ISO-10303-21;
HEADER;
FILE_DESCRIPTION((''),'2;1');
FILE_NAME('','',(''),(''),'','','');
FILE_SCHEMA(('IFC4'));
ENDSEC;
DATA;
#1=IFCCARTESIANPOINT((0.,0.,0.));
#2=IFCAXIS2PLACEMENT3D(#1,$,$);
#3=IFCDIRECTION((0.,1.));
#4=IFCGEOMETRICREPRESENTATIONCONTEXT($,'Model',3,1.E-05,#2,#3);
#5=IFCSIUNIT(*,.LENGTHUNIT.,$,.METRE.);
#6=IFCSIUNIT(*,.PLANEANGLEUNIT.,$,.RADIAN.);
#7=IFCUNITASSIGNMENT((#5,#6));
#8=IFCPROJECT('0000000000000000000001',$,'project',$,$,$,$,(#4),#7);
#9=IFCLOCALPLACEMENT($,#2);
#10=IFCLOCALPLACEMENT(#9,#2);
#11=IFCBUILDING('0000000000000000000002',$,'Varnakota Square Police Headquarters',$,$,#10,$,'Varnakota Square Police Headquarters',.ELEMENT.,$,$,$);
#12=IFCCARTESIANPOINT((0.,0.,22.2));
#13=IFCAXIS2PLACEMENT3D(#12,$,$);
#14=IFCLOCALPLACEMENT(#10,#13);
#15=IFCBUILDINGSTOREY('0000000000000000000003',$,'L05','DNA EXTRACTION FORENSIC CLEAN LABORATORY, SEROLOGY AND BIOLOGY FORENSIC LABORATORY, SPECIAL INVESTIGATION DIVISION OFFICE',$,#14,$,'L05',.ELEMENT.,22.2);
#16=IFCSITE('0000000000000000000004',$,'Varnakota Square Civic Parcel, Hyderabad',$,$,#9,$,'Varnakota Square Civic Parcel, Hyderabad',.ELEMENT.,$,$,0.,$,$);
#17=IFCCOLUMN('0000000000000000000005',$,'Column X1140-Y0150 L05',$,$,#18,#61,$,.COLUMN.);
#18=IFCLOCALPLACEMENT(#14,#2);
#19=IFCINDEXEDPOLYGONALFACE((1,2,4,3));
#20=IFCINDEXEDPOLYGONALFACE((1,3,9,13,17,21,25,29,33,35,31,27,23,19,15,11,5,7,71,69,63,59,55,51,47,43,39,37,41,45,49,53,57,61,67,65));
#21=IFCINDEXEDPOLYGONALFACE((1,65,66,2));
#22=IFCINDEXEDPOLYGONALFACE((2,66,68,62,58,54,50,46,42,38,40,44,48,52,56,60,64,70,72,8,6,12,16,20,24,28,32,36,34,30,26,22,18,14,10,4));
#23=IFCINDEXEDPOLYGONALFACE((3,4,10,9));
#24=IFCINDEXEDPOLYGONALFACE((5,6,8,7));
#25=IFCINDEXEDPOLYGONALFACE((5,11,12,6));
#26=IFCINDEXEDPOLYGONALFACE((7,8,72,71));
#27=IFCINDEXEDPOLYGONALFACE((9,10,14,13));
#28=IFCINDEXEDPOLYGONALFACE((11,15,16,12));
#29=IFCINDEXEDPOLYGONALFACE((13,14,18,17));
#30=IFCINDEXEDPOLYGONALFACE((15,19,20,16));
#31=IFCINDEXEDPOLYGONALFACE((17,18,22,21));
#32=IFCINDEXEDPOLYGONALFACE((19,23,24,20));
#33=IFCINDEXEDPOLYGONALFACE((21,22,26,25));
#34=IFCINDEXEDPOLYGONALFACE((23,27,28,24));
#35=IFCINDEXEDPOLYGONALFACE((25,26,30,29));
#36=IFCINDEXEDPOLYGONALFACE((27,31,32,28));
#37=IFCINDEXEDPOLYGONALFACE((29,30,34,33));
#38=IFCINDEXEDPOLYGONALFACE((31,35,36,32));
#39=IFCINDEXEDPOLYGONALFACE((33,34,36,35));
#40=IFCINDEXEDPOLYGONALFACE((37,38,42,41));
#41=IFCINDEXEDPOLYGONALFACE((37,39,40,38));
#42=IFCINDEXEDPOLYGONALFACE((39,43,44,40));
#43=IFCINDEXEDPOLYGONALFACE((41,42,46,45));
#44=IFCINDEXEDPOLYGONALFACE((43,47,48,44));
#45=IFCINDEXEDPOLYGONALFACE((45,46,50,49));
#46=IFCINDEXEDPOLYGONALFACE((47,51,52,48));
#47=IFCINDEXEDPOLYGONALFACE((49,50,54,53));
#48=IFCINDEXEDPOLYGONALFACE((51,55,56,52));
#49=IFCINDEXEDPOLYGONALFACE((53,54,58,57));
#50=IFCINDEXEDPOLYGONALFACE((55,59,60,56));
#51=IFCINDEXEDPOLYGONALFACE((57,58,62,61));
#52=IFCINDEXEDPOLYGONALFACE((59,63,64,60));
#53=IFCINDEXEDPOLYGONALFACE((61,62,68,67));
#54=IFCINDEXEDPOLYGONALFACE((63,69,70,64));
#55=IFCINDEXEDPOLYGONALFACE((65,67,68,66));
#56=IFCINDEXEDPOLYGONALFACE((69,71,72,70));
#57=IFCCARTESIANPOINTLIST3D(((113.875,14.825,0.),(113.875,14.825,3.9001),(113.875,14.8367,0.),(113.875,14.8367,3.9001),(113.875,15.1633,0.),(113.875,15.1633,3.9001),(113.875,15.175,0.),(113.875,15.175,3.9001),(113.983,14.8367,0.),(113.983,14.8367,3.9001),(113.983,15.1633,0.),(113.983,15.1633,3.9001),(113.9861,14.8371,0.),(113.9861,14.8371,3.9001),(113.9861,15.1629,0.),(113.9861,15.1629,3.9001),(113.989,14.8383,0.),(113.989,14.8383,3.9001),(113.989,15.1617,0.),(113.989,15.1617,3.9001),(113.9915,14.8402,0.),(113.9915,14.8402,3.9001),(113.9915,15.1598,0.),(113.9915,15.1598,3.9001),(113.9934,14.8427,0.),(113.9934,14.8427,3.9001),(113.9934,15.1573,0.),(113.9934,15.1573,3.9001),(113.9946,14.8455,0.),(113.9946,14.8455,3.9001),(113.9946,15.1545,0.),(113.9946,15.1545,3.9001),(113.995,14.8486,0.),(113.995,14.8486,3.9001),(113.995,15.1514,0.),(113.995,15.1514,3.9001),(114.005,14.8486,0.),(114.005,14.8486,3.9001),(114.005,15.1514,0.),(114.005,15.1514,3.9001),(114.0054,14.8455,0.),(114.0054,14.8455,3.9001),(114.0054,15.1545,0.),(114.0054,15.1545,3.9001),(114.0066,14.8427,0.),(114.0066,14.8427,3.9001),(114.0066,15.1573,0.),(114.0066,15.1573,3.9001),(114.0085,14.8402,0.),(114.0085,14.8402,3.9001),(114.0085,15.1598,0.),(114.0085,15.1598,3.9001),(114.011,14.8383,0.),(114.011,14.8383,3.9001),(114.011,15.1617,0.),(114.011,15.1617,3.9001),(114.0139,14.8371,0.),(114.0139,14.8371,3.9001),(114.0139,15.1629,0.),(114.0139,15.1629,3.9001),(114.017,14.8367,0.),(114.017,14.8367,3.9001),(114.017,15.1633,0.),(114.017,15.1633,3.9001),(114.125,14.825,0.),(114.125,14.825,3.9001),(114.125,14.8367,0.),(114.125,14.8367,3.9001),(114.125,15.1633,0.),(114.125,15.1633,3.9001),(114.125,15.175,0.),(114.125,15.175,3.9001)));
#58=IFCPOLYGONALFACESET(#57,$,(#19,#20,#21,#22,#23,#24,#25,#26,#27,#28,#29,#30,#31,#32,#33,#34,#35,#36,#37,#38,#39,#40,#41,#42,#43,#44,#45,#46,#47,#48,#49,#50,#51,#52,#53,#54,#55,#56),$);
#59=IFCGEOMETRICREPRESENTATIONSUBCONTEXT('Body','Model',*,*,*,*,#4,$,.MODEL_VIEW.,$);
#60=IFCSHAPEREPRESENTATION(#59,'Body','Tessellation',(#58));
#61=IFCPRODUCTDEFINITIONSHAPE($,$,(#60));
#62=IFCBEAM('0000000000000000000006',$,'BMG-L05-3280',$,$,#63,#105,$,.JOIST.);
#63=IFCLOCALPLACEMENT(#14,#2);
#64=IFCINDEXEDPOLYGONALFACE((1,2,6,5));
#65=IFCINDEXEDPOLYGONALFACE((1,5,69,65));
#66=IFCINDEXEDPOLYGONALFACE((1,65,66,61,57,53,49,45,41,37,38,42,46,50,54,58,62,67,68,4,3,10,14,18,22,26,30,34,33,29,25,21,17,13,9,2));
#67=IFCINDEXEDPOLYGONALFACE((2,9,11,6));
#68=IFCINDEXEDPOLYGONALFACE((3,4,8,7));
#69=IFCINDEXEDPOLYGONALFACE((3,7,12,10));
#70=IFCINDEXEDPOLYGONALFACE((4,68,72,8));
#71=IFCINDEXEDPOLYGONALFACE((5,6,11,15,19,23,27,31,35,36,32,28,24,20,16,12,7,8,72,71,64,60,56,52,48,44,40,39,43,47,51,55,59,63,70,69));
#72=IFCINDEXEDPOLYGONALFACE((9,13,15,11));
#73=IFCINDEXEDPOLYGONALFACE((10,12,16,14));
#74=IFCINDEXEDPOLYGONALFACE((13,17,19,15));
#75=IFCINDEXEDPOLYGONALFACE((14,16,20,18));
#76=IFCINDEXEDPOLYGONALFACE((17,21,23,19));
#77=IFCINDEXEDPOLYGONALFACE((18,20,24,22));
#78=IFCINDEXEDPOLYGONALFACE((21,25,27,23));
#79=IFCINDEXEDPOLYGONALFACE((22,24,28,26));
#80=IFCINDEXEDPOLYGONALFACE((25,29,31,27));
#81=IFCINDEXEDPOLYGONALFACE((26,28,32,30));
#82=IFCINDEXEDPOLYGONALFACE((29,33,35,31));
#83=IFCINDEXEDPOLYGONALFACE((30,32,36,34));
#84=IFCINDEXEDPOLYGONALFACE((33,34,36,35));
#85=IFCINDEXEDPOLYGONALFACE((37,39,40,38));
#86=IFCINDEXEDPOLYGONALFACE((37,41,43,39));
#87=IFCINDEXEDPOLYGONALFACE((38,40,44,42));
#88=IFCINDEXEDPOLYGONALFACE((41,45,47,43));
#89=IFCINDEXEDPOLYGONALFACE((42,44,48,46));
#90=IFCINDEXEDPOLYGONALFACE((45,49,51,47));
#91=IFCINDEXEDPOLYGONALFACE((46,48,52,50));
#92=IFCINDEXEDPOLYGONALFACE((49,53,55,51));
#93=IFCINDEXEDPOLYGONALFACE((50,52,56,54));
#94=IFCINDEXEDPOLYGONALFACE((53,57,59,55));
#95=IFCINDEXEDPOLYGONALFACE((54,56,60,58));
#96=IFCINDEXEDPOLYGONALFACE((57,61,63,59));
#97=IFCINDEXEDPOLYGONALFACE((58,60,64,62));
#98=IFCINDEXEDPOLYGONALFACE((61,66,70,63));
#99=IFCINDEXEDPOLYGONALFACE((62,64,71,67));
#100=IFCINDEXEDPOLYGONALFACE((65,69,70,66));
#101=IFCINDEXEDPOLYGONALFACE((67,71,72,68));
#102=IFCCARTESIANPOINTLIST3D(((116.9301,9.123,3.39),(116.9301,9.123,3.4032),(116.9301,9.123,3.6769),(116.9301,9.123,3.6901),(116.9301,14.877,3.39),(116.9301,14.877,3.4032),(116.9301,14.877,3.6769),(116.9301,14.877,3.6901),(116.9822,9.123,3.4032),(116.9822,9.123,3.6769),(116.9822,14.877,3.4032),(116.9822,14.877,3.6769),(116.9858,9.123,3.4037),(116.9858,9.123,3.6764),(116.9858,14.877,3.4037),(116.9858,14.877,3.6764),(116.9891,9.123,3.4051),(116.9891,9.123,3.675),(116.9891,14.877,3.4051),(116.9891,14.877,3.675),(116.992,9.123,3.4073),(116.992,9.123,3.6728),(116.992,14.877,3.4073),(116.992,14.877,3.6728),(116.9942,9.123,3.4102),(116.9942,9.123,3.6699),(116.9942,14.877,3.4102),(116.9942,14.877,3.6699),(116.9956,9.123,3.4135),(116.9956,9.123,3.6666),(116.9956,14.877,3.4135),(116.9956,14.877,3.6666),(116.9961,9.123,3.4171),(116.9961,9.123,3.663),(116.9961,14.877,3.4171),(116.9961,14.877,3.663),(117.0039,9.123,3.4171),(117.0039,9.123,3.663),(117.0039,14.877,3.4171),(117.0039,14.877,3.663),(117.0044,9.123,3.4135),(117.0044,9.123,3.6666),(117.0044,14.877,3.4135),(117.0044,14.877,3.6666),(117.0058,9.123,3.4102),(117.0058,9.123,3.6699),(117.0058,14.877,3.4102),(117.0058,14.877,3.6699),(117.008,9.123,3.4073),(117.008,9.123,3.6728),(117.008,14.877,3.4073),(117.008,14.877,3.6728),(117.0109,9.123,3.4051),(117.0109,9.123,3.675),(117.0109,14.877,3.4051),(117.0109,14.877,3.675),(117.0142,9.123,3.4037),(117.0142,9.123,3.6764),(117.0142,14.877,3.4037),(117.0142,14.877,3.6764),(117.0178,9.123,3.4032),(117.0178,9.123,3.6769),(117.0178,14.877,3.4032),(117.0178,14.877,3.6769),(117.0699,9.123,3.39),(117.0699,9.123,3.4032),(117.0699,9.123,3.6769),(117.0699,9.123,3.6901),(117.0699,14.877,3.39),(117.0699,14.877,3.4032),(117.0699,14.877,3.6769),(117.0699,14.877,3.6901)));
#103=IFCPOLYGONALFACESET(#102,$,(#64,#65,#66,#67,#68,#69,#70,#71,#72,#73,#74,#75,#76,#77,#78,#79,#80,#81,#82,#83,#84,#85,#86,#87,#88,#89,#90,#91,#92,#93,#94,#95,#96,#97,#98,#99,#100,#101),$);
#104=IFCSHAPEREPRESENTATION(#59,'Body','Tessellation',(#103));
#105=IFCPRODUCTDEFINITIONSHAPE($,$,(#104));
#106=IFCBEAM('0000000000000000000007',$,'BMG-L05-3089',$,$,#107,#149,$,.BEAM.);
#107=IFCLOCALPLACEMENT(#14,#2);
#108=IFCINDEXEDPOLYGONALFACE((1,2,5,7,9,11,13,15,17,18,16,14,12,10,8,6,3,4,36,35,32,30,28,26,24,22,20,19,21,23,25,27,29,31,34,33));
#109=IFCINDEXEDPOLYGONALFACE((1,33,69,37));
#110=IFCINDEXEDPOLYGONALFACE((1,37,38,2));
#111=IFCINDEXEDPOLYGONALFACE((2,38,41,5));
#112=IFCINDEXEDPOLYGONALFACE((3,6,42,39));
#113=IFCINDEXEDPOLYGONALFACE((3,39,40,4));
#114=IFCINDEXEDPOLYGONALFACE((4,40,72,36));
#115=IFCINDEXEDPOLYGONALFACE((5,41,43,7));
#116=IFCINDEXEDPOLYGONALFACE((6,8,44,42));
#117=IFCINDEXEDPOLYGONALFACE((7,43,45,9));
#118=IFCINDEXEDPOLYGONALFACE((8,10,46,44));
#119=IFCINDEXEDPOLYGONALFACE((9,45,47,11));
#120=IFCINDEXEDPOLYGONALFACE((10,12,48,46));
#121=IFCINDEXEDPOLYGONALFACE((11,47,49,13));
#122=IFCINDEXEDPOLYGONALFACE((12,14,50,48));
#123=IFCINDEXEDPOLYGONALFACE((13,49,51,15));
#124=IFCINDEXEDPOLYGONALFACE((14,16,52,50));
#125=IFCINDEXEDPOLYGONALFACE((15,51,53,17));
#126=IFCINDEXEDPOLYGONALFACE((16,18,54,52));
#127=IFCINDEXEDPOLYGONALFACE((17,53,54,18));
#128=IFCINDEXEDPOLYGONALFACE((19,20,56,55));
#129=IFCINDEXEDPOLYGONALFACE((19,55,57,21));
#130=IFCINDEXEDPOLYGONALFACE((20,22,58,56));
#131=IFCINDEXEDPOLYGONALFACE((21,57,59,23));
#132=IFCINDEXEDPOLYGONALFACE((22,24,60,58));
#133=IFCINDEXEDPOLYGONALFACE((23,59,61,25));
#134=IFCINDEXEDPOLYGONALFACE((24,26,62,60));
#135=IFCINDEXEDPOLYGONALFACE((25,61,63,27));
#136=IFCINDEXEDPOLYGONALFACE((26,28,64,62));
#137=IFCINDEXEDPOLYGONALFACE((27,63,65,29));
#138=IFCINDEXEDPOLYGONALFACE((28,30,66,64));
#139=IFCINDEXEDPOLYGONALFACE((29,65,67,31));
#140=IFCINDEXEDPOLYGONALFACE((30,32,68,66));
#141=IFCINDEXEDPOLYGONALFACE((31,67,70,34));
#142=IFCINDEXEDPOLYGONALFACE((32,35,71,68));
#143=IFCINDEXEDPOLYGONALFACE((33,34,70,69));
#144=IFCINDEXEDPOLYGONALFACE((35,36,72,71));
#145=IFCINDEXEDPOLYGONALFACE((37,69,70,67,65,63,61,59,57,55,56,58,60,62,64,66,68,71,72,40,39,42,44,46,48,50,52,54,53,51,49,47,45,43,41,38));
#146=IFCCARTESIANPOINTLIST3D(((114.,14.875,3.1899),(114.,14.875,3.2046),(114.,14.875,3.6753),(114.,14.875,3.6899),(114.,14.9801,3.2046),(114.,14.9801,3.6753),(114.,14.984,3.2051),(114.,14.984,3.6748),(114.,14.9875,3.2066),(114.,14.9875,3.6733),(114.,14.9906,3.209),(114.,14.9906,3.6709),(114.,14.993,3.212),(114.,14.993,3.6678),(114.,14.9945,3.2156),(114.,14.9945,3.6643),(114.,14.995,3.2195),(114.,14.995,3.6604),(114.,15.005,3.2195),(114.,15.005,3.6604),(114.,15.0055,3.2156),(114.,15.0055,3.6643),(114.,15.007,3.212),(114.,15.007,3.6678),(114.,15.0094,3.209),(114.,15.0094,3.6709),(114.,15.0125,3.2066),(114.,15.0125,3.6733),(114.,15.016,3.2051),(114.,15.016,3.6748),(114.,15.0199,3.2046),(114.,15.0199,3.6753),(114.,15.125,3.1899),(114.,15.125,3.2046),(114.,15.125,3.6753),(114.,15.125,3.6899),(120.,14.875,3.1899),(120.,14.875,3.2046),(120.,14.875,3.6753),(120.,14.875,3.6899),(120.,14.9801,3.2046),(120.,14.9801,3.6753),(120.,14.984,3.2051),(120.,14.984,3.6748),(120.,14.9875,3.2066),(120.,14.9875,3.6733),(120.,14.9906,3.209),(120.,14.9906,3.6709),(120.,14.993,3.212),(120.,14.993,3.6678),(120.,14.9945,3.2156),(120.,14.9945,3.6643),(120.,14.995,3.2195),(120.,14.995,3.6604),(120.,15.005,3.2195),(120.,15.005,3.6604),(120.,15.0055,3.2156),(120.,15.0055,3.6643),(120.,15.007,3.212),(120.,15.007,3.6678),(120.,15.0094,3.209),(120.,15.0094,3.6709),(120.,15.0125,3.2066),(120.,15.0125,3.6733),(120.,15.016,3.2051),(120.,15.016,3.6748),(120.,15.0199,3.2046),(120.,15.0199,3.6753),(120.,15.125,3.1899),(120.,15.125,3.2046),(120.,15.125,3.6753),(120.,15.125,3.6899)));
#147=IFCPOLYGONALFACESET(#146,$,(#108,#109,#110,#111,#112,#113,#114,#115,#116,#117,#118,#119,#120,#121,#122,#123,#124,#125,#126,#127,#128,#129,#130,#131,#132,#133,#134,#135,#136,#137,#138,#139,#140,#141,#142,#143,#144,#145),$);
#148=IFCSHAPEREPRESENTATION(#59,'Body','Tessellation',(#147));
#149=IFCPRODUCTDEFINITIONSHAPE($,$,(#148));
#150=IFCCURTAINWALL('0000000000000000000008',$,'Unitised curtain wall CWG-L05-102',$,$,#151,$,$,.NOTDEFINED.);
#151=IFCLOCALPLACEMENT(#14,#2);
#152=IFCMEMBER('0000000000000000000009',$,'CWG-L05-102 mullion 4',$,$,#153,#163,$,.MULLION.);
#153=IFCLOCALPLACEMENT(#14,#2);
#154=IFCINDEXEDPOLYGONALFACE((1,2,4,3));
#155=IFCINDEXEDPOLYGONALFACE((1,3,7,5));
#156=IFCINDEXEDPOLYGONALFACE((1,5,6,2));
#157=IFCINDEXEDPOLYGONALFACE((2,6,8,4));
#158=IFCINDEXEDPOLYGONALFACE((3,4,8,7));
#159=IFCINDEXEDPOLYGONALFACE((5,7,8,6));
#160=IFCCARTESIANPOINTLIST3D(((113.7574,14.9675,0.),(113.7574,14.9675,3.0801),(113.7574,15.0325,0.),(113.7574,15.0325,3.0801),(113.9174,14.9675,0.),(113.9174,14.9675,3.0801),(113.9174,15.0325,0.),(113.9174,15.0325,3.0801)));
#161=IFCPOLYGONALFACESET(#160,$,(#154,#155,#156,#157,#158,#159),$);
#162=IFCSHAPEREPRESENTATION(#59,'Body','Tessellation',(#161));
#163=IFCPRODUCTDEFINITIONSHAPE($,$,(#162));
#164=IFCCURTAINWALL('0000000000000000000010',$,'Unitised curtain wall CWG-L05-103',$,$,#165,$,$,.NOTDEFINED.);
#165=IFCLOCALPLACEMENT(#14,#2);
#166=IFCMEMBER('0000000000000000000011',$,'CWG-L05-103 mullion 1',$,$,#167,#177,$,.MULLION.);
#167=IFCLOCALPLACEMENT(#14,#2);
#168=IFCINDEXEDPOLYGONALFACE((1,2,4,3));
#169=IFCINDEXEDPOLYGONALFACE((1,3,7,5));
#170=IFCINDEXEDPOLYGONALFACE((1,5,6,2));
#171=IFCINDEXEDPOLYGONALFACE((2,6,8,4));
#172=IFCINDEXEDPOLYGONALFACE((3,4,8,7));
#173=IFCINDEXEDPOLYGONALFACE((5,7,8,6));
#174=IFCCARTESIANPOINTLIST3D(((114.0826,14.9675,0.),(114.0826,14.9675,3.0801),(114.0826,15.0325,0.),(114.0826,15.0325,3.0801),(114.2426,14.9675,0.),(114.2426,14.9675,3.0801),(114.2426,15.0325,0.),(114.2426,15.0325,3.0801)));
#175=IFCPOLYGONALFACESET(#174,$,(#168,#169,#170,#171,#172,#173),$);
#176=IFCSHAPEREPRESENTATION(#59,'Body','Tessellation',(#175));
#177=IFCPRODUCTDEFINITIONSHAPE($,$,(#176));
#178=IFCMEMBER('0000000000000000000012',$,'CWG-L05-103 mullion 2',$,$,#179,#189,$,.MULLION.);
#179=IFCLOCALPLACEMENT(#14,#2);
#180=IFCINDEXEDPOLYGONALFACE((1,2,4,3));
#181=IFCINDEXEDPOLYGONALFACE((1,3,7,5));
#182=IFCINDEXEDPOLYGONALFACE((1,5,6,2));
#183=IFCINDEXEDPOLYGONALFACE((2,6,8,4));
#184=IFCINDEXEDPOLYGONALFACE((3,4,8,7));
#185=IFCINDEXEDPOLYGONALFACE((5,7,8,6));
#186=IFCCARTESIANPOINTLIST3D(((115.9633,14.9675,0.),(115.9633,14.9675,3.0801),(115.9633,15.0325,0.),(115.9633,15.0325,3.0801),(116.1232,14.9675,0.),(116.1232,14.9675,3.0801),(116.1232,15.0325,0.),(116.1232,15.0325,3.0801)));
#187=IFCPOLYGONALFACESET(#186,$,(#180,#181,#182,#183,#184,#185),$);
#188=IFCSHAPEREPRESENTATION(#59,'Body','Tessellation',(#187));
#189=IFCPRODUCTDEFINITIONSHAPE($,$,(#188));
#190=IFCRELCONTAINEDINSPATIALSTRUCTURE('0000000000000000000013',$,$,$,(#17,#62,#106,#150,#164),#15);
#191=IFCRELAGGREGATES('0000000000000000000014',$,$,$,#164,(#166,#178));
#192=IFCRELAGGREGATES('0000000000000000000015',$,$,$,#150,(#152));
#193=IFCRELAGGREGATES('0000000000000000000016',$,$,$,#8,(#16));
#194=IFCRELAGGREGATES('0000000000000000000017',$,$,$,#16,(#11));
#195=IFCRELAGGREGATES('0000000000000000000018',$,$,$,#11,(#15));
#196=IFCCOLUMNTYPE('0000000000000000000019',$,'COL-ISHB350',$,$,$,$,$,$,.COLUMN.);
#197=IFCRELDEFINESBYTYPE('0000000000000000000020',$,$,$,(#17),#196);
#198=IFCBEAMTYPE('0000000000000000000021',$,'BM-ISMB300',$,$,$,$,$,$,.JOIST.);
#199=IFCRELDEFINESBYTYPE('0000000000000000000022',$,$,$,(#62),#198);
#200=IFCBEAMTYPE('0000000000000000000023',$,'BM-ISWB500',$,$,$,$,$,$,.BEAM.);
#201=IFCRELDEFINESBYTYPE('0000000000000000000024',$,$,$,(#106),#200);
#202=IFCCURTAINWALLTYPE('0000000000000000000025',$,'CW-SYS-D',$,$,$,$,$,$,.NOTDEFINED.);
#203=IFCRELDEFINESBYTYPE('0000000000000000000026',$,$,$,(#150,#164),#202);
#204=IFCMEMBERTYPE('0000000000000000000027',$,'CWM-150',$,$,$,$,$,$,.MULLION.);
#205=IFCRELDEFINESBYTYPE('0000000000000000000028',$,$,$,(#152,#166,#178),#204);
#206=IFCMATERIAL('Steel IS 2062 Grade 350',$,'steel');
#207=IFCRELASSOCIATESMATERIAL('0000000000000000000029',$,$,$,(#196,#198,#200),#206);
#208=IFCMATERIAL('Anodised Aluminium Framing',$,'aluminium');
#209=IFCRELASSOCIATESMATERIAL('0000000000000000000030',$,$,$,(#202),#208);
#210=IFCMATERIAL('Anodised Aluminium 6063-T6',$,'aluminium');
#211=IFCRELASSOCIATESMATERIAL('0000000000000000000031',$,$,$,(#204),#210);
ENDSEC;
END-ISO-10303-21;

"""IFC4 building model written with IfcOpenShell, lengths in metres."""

from ifc_helpers import new_model, si_unit, direction, frame, origin, origin_2d, place, context, subcontext, project, spatial, rectangle, i_section, extrude, material, material_profile, profile_set, type_object, element, aggregate, save


model = new_model("IFC4")

# Units and contexts
model_context = context("Model", 3, precision=1e-05, world=origin(), true_north=direction((0.0, 1.0)))
body_context = subcontext(model_context, "Body", "Model", "MODEL_VIEW")
ifc_project = project(units=[si_unit("LENGTHUNIT", "METRE"), si_unit("PLANEANGLEUNIT", "RADIAN")], contexts=[model_context])

# Site, building, storey
site_placement = place(None, origin())
site = spatial("IfcSite", under=ifc_project, at=site_placement, Name="Varnakota Square Civic Parcel, Hyderabad", LongName="Varnakota Square Civic Parcel, Hyderabad", CompositionType="ELEMENT", RefElevation=0.0)
building_placement = place(site_placement, origin())
building = spatial("IfcBuilding", under=site, at=building_placement, Name="Varnakota Square Police Headquarters", LongName="Varnakota Square Police Headquarters", CompositionType="ELEMENT")
storey_placement = place(building_placement, frame((0.0, 0.0, 22.2)))
storey = spatial("IfcBuildingStorey", under=building, at=storey_placement, Name="L05", Description="DNA EXTRACTION FORENSIC CLEAN LABORATORY, SEROLOGY AND BIOLOGY FORENSIC LABORATORY, SPECIAL INVESTIGATION DIVISION OFFICE", LongName="L05", CompositionType="ELEMENT", Elevation=22.2)

# Column
ifc_material_1 = material(Name="Steel IS 2062 Grade 350", Category="steel")
ifc_material_profile_1 = material_profile(ifc_material_1, i_section(OverallWidth=0.25, OverallDepth=0.3501, WebThickness=0.01, FlangeThickness=0.0117, FilletRadius=0.012, at=origin_2d()), Name="ISHB 350")
ifc_profile_set_1 = profile_set([ifc_material_profile_1], Name="Steel IS 2062 Grade 350")
column_type = type_object("IfcColumnType", Name="COL-ISHB350", PredefinedType="COLUMN", material=ifc_profile_set_1)
column_placement = place(storey_placement, frame((114.0, 15.0, 0.0), z_axis=(0.0, 0.0, 1.0), x_axis=(1.0, 0.0, 0.0)))
element("IfcColumn", 1, at=column_placement, inside=storey, type_object=column_type, Name="Column X1140-Y0150 L05", PredefinedType="COLUMN", context=body_context, shape_type="SweptSolid", body=[
    extrude(i_section(OverallWidth=0.25, OverallDepth=0.3501, WebThickness=0.01, FlangeThickness=0.0117, FilletRadius=0.012, at=origin_2d()), origin(), (0.0, 0.0, 1.0), 3.9001),
])

# Beams
ifc_material_profile_2 = material_profile(ifc_material_1, i_section(OverallWidth=0.1399, OverallDepth=0.3, WebThickness=0.0078, FlangeThickness=0.0132, FilletRadius=0.0139, at=origin_2d()), Name="ISMB 300")
ifc_profile_set_2 = profile_set([ifc_material_profile_2], Name="Steel IS 2062 Grade 350")
beam_type_1 = type_object("IfcBeamType", Name="BM-ISMB300", PredefinedType="JOIST", material=ifc_profile_set_2)
beam_1_placement = place(storey_placement, frame((117.0, 9.123, 3.54), z_axis=(0.0, 1.0, 0.0), x_axis=(-1.0, 0.0, 0.0)))
element("IfcBeam", 2, at=beam_1_placement, inside=storey, type_object=beam_type_1, Name="BMG-L05-3280", PredefinedType="JOIST", context=body_context, shape_type="SweptSolid", body=[
    extrude(i_section(OverallWidth=0.1399, OverallDepth=0.3, WebThickness=0.0078, FlangeThickness=0.0132, FilletRadius=0.0139, at=origin_2d()), origin(), (0.0, 0.0, 1.0), 5.7539),
])
ifc_material_profile_3 = material_profile(ifc_material_1, i_section(OverallWidth=0.25, OverallDepth=0.5, WebThickness=0.01, FlangeThickness=0.0146, FilletRadius=0.0149, at=origin_2d()), Name="ISWB 500")
ifc_profile_set_3 = profile_set([ifc_material_profile_3], Name="Steel IS 2062 Grade 350")
beam_type_2 = type_object("IfcBeamType", Name="BM-ISWB500", PredefinedType="BEAM", material=ifc_profile_set_3)
beam_2_placement = place(storey_placement, frame((114.0, 15.0, 3.4399), z_axis=(1.0, 0.0, 0.0), x_axis=(0.0, 1.0, 0.0)))
element("IfcBeam", 3, at=beam_2_placement, inside=storey, type_object=beam_type_2, Name="BMG-L05-3089", PredefinedType="BEAM", context=body_context, shape_type="SweptSolid", body=[
    extrude(i_section(OverallWidth=0.25, OverallDepth=0.5, WebThickness=0.01, FlangeThickness=0.0146, FilletRadius=0.0149, at=origin_2d()), origin(), (0.0, 0.0, 1.0), 6.0),
])

# Curtain wall, member
ifc_material_2 = material(Name="Anodised Aluminium Framing", Category="aluminium")
curtain_wall_type = type_object("IfcCurtainWallType", Name="CW-SYS-D", PredefinedType="NOTDEFINED", material=ifc_material_2)
curtain_wall_1_placement = place(storey_placement, origin())
curtain_wall_1 = element("IfcCurtainWall", 4, at=curtain_wall_1_placement, inside=storey, type_object=curtain_wall_type, Name="Unitised curtain wall CWG-L05-102", PredefinedType="NOTDEFINED")
ifc_material_3 = material(Name="Anodised Aluminium 6063-T6", Category="aluminium")
ifc_material_profile_4 = material_profile(ifc_material_3, rectangle(XDim=0.0649, YDim=0.1599, at=origin_2d()), Name="ALU MULLION 65x160")
ifc_profile_set_4 = profile_set([ifc_material_profile_4], Name="Anodised Aluminium 6063-T6")
member_type_1 = type_object("IfcMemberType", Name="CWM-150", PredefinedType="MULLION", material=ifc_profile_set_4)
member_1_placement = place(storey_placement, frame((113.8374, 15.0, 0.0), z_axis=(0.0, 0.0, 1.0), x_axis=(0.0, 1.0, 0.0)))
member_1 = element("IfcMember", 5, at=member_1_placement, type_object=member_type_1, Name="CWG-L05-102 mullion 4", PredefinedType="MULLION", context=body_context, shape_type="SweptSolid", body=[
    extrude(rectangle(XDim=0.0649, YDim=0.1599, at=origin_2d()), origin(), (0.0, 0.0, 1.0), 3.0801),
])

# Curtain wall, members
curtain_wall_2_placement = place(storey_placement, origin())
curtain_wall_2 = element("IfcCurtainWall", 6, at=curtain_wall_2_placement, inside=storey, type_object=curtain_wall_type, Name="Unitised curtain wall CWG-L05-103", PredefinedType="NOTDEFINED")
member_2_placement = place(storey_placement, frame((114.1626, 15.0, 0.0), z_axis=(0.0, 0.0, 1.0), x_axis=(0.0, 1.0, 0.0)))
member_2 = element("IfcMember", 7, at=member_2_placement, type_object=member_type_1, Name="CWG-L05-103 mullion 1", PredefinedType="MULLION", context=body_context, shape_type="SweptSolid", body=[
    extrude(rectangle(XDim=0.0649, YDim=0.1599, at=origin_2d()), origin(), (0.0, 0.0, 1.0), 3.0801),
])
member_3_placement = place(storey_placement, frame((116.0432, 15.0, 0.0), z_axis=(0.0, 0.0, 1.0), x_axis=(0.0, 1.0, 0.0)))
member_3 = element("IfcMember", 8, at=member_3_placement, type_object=member_type_1, Name="CWG-L05-103 mullion 2", PredefinedType="MULLION", context=body_context, shape_type="SweptSolid", body=[
    extrude(rectangle(XDim=0.0649, YDim=0.1599, at=origin_2d()), origin(), (0.0, 0.0, 1.0), 3.0801),
])

aggregate(curtain_wall_2, [member_2, member_3])
aggregate(curtain_wall_1, [member_1])

save(model, "model.ifc")
